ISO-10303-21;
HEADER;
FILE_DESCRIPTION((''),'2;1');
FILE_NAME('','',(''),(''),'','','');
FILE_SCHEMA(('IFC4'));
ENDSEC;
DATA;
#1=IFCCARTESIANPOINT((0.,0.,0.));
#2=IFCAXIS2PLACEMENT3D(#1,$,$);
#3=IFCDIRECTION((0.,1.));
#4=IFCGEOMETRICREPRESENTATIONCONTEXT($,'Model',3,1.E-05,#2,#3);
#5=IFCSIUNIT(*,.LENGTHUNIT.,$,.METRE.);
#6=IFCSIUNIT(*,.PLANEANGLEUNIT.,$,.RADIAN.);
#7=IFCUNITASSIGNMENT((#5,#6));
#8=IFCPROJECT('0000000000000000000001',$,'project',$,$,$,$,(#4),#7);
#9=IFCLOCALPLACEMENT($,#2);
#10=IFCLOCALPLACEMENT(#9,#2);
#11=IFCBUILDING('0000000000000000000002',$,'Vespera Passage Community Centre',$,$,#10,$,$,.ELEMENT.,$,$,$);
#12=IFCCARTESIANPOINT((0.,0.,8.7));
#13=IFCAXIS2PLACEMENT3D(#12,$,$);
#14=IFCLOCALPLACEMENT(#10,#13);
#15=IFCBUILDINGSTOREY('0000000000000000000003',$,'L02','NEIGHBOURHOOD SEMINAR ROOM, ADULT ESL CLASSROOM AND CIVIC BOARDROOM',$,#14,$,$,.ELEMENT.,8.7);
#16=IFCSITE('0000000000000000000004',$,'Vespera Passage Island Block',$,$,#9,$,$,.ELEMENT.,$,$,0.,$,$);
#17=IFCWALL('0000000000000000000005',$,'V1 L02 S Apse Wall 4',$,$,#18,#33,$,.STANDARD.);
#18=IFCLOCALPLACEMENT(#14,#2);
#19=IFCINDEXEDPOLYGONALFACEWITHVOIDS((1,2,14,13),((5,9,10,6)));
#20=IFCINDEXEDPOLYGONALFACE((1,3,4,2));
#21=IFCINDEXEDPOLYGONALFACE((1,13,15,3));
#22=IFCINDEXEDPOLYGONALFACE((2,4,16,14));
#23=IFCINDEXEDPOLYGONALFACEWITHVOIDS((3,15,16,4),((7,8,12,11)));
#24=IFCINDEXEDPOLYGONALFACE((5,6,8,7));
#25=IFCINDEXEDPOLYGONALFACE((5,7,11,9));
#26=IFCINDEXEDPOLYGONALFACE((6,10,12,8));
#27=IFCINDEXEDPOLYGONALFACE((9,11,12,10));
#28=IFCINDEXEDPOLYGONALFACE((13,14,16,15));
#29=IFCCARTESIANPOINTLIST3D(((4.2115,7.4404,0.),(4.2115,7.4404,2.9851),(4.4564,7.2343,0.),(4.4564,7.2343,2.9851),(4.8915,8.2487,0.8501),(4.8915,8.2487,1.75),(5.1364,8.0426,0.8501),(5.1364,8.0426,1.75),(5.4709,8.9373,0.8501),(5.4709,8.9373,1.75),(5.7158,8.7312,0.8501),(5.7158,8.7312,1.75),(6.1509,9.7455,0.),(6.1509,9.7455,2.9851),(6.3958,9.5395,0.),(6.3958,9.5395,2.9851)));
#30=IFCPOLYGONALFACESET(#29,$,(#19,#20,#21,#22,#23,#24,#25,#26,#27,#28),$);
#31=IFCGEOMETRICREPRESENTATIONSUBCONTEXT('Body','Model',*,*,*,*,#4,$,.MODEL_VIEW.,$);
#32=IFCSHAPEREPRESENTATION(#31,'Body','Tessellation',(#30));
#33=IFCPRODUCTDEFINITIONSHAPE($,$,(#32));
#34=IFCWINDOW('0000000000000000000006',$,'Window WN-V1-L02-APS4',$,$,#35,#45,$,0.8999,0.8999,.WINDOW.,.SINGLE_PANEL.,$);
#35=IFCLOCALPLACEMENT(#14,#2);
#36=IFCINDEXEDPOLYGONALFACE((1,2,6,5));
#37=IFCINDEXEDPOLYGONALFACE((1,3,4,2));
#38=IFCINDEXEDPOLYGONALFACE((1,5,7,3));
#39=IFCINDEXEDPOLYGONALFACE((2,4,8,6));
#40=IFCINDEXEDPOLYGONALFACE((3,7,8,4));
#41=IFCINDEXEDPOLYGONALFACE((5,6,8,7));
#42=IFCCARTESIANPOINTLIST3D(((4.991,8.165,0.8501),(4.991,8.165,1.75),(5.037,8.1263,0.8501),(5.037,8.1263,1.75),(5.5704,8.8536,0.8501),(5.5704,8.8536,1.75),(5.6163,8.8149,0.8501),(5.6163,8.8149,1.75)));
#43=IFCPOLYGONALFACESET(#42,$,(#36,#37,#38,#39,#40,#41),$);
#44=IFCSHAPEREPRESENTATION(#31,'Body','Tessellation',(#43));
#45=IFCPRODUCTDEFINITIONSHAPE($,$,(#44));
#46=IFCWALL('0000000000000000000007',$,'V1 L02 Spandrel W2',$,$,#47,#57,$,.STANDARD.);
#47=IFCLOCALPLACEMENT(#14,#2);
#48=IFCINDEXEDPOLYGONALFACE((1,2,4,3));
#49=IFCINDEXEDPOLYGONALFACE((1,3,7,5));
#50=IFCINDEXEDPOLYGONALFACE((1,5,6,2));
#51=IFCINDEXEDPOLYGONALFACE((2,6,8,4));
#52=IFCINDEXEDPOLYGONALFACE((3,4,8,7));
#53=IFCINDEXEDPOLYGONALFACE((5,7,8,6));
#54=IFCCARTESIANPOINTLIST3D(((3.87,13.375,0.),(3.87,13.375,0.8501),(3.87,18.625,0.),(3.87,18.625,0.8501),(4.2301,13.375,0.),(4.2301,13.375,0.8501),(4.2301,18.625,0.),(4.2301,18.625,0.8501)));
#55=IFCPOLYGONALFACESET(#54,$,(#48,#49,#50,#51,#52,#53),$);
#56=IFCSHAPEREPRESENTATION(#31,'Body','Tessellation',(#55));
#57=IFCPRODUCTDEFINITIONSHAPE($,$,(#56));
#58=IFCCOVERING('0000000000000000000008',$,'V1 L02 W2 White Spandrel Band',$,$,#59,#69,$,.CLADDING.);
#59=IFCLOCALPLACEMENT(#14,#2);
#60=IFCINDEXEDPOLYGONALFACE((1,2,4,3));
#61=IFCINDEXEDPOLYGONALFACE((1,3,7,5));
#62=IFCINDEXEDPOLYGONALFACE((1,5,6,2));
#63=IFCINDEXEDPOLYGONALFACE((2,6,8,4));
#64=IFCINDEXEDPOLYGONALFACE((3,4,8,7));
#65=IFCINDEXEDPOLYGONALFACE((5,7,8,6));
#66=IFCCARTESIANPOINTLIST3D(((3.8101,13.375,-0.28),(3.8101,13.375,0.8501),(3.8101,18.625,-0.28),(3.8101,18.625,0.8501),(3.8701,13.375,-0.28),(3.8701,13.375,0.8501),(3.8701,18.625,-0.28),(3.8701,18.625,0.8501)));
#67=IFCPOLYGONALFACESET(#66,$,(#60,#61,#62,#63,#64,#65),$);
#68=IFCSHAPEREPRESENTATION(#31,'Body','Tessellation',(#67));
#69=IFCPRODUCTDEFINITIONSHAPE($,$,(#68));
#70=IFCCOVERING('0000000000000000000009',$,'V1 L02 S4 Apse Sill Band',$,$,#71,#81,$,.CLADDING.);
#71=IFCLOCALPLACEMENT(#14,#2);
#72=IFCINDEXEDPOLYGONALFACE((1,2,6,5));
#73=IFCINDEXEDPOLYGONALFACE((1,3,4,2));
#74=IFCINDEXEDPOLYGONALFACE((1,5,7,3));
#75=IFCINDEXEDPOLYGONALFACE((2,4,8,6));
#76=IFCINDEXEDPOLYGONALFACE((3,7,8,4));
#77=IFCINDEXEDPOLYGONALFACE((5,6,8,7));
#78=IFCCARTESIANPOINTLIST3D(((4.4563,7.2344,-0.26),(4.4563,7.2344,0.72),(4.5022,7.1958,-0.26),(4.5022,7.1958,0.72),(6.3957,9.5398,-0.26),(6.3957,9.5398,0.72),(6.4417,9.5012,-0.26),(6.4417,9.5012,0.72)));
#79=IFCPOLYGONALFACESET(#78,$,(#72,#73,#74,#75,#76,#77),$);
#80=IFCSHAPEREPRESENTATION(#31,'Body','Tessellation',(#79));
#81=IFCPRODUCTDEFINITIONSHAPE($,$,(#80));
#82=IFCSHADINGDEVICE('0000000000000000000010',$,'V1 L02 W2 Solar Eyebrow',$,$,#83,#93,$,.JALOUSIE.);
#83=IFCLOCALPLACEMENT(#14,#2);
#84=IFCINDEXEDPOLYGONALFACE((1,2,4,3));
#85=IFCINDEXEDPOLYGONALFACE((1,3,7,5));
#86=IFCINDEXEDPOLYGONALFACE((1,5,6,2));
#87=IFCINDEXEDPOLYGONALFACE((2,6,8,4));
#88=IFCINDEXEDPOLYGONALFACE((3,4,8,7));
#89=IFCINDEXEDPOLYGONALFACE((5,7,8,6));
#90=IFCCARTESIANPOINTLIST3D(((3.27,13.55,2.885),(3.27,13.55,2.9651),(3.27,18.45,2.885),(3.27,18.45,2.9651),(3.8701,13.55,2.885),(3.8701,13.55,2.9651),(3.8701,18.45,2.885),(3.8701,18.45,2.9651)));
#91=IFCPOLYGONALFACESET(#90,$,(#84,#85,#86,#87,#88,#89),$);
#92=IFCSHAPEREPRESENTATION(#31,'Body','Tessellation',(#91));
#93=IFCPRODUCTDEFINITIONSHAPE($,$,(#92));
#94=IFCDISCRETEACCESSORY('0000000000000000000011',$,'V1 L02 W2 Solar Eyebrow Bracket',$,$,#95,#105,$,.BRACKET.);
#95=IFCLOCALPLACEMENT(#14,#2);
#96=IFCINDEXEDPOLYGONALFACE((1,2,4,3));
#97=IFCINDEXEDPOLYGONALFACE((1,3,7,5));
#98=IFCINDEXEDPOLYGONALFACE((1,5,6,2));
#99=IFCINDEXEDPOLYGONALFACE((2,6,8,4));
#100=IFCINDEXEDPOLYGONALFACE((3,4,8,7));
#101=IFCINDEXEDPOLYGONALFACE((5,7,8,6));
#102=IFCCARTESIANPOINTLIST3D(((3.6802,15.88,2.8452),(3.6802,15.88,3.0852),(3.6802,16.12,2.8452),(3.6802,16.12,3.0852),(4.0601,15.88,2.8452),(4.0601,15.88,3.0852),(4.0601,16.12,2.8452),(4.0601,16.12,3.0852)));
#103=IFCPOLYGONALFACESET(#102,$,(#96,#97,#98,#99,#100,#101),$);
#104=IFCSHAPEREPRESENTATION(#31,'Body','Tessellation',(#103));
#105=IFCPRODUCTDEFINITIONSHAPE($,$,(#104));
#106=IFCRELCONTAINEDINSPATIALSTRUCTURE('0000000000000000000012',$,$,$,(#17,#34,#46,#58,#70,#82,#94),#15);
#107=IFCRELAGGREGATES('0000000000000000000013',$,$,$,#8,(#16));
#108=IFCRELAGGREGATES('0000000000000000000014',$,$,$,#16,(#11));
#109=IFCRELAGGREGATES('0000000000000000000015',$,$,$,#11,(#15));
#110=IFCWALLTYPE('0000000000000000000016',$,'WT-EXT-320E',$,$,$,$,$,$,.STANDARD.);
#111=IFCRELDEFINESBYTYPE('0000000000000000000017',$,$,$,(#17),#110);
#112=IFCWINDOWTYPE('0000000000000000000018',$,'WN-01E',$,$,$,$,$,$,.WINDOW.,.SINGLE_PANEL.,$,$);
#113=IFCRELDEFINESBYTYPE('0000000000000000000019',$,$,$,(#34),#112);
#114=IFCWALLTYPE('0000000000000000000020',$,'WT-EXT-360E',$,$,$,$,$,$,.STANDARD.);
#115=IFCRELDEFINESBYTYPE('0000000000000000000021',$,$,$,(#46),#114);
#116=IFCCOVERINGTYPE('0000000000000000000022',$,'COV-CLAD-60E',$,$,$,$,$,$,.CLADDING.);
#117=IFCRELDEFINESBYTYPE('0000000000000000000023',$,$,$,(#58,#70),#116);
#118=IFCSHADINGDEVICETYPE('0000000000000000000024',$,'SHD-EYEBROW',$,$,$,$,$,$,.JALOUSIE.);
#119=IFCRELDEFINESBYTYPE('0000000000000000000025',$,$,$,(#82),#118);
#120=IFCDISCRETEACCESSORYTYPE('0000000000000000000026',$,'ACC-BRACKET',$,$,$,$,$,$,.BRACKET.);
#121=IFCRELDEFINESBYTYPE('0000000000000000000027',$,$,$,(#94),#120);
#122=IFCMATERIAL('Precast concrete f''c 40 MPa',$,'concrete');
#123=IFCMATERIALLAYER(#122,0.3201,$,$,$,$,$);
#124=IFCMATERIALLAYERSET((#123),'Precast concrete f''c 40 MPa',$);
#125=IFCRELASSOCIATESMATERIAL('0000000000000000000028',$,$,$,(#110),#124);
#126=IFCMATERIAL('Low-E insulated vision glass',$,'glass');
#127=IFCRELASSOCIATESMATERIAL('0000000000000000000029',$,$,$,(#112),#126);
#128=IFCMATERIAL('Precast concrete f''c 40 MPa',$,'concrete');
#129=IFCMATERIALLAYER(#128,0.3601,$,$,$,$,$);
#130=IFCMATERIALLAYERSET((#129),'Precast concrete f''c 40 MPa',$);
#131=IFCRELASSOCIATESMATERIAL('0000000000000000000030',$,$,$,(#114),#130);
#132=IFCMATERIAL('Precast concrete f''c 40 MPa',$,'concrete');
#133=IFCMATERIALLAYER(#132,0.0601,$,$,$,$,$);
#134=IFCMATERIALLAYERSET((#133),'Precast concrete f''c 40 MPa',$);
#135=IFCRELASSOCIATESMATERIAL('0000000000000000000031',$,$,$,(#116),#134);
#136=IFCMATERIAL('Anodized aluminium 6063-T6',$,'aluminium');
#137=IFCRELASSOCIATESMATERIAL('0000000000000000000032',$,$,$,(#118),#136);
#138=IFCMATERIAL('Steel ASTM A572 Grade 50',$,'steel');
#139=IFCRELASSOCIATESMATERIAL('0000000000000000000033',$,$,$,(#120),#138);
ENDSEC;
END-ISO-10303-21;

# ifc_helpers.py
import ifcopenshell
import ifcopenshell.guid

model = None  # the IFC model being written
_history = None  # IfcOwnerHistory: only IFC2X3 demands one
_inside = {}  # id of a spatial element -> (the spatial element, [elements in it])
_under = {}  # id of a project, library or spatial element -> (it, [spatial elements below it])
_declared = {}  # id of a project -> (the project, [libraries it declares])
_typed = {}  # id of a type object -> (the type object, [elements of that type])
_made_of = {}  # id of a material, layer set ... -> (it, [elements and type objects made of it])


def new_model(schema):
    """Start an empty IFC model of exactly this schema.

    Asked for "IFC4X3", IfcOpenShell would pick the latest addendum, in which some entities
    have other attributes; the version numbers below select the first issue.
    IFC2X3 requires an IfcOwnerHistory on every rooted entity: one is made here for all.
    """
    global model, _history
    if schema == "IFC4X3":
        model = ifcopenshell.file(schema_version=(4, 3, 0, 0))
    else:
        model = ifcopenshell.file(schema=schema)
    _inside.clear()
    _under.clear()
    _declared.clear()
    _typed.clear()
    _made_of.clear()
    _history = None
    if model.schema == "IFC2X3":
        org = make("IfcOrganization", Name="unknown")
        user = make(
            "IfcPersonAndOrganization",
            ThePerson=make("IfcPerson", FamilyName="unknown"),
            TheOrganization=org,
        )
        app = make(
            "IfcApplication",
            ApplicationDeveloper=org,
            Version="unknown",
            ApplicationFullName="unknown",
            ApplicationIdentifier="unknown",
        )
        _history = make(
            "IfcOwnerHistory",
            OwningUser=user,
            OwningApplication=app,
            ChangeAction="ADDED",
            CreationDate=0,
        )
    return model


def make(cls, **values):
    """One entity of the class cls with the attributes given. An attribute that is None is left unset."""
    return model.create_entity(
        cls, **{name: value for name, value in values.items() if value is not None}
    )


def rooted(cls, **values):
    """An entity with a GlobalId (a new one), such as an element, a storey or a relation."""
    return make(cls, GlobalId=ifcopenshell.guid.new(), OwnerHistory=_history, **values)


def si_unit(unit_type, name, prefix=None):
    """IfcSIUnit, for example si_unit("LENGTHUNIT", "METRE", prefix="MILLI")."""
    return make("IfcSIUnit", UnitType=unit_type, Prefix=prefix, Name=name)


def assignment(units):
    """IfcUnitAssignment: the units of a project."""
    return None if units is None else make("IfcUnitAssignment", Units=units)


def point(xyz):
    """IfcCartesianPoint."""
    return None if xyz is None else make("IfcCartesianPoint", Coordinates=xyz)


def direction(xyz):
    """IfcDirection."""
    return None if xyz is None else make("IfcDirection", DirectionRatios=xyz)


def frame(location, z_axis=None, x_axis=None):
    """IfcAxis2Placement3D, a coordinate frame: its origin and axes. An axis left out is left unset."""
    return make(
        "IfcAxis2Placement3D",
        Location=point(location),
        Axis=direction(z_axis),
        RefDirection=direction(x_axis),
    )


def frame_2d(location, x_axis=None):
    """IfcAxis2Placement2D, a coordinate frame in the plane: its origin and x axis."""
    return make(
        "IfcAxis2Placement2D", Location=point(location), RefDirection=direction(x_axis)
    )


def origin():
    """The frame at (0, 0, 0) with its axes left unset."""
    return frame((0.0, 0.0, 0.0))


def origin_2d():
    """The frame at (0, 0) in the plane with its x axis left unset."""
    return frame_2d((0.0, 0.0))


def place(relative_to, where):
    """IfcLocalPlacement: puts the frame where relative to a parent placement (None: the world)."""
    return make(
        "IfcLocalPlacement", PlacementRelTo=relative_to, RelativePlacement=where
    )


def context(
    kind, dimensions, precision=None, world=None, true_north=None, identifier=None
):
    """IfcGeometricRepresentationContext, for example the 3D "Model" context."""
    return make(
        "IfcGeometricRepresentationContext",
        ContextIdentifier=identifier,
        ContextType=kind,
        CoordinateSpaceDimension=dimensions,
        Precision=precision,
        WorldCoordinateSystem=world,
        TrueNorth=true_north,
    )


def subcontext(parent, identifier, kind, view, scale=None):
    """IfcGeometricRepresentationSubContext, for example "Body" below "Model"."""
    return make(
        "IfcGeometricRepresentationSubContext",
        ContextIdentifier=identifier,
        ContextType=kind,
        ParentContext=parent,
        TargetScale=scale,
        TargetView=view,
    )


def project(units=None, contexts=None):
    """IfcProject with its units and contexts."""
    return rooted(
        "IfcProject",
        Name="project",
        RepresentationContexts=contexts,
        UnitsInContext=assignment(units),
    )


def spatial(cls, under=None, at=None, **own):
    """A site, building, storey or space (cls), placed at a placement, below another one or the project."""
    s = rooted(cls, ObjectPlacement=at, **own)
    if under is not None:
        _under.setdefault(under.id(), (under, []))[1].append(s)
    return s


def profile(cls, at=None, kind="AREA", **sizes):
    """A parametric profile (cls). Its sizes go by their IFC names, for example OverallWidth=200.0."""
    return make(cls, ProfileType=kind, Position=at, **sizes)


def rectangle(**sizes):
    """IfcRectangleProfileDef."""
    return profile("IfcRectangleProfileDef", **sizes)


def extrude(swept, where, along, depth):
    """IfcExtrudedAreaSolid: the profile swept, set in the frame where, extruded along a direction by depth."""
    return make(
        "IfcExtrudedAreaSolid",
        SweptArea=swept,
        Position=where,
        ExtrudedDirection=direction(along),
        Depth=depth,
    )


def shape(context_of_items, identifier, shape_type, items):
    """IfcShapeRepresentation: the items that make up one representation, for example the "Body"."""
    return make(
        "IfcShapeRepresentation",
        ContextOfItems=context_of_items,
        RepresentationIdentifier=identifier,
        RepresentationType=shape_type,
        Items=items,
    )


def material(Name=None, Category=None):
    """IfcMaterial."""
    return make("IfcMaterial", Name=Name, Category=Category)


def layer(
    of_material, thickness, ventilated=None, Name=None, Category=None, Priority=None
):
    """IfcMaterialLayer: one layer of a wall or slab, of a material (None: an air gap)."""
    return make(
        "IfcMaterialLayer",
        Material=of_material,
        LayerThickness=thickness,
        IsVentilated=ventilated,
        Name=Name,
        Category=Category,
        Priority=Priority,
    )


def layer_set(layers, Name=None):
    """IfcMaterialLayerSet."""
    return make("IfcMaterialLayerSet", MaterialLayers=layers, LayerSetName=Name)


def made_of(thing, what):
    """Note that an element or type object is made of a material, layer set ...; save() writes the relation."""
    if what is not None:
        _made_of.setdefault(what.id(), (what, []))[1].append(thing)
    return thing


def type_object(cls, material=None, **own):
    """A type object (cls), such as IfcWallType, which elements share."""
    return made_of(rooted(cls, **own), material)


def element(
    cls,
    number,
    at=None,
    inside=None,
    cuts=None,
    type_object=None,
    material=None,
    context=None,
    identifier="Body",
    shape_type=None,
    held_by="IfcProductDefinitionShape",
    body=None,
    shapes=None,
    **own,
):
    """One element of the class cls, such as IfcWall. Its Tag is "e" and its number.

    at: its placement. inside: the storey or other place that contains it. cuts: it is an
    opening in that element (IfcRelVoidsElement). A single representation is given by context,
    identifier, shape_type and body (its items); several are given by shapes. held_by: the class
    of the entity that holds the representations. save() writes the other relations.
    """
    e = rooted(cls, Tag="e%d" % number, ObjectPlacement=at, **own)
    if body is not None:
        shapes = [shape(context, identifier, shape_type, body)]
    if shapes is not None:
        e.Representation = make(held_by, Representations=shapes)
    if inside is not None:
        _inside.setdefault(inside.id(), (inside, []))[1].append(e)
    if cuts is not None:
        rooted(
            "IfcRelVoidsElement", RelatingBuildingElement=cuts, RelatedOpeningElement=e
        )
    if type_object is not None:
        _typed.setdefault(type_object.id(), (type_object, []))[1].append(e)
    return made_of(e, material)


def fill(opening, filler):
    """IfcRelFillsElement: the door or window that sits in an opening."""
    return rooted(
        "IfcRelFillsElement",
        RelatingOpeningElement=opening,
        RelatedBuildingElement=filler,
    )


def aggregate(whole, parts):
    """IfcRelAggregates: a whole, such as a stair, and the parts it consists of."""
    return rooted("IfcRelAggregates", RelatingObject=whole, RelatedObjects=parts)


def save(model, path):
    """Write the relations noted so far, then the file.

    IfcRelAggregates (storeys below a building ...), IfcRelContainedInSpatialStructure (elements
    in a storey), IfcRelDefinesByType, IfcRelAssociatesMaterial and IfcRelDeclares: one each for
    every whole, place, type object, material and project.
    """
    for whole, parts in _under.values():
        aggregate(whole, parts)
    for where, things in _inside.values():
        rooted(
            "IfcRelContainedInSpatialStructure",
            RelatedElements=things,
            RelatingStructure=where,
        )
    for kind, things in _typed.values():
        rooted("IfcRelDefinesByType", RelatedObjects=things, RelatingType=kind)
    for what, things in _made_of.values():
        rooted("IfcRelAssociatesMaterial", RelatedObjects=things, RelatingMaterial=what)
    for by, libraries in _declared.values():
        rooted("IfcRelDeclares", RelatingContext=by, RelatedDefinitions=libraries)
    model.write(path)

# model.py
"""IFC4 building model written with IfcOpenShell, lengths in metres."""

from ifc_helpers import new_model, si_unit, direction, frame, frame_2d, origin, origin_2d, place, context, subcontext, project, spatial, rectangle, extrude, material, layer, layer_set, type_object, element, fill, save


model = new_model("IFC4")

# Units and contexts
model_context = context("Model", 3, precision=1e-05, world=origin(), true_north=direction((0.0, 1.0)))
body_context = subcontext(model_context, "Body", "Model", "MODEL_VIEW")
ifc_project = project(units=[si_unit("LENGTHUNIT", "METRE"), si_unit("PLANEANGLEUNIT", "RADIAN")], contexts=[model_context])

# Site, building, storey
site_placement = place(None, origin())
site = spatial("IfcSite", under=ifc_project, at=site_placement, Name="Vespera Passage Island Block", CompositionType="ELEMENT", RefElevation=0.0)
building_placement = place(site_placement, origin())
building = spatial("IfcBuilding", under=site, at=building_placement, Name="Vespera Passage Community Centre", CompositionType="ELEMENT")
storey_placement = place(building_placement, frame((0.0, 0.0, 8.7)))
storey = spatial("IfcBuildingStorey", under=building, at=storey_placement, Name="L02", Description="NEIGHBOURHOOD SEMINAR ROOM, ADULT ESL CLASSROOM AND CIVIC BOARDROOM", CompositionType="ELEMENT", Elevation=8.7)

# Wall, opening, window
ifc_material_1 = material(Name="Precast concrete f'c 40 MPa", Category="concrete")
ifc_layer_1 = layer(ifc_material_1, 0.3201)
ifc_layer_set_1 = layer_set([ifc_layer_1], Name="Precast concrete f'c 40 MPa")
wall_type_1 = type_object("IfcWallType", Name="WT-EXT-320E", PredefinedType="STANDARD", material=ifc_layer_set_1)
wall_1_placement = place(storey_placement, frame((6.2734, 9.6426, 0.0), z_axis=(0.0, 0.0, 1.0), x_axis=(-0.643796, -0.765197, 0.0)))
wall_1 = element("IfcWall", 1, at=wall_1_placement, inside=storey, type_object=wall_type_1, Name="V1 L02 S Apse Wall 4", PredefinedType="STANDARD", context=body_context, shape_type="SweptSolid", body=[
    extrude(rectangle(XDim=3.0125, YDim=0.3201, at=frame_2d((1.5063, 0.0))), origin(), (0.0, 0.0, 1.0), 2.9851),
])
opening_placement = place(wall_1_placement, frame((1.0564, 0.0, 0.8501)))
opening = element("IfcOpeningElement", 2, at=opening_placement, cuts=wall_1, PredefinedType="OPENING", context=body_context, shape_type="SweptSolid", body=[
    extrude(rectangle(XDim=0.8999, YDim=0.8999, at=frame_2d((0.45, 0.45))), frame((0.0, 0.1702, 0.0), z_axis=(0.0, -1.0, 0.0), x_axis=(1.0, 0.0, 0.0)), (0.0, 0.0, 1.0), 0.3401),
])
ifc_material_2 = material(Name="Low-E insulated vision glass", Category="glass")
window_type = type_object("IfcWindowType", Name="WN-01E", PartitioningType="SINGLE_PANEL", PredefinedType="WINDOW", material=ifc_material_2)
window_placement = place(opening_placement, origin())
window = element("IfcWindow", 3, at=window_placement, inside=storey, type_object=window_type, Name="Window WN-V1-L02-APS4", OverallHeight=0.8999, OverallWidth=0.8999, PartitioningType="SINGLE_PANEL", PredefinedType="WINDOW", context=body_context, shape_type="SweptSolid", body=[
    extrude(rectangle(XDim=0.8999, YDim=0.8999, at=frame_2d((0.45, 0.45))), frame((0.0, 0.03, 0.0), z_axis=(0.0, -1.0, 0.0), x_axis=(1.0, 0.0, 0.0)), (0.0, 0.0, 1.0), 0.0601),
])
fill(opening, window)

# Wall
ifc_material_3 = material(Name="Precast concrete f'c 40 MPa", Category="concrete")
ifc_layer_2 = layer(ifc_material_3, 0.3601)
ifc_layer_set_2 = layer_set([ifc_layer_2], Name="Precast concrete f'c 40 MPa")
wall_type_2 = type_object("IfcWallType", Name="WT-EXT-360E", PredefinedType="STANDARD", material=ifc_layer_set_2)
wall_2_placement = place(storey_placement, frame((4.05, 13.375, 0.0), z_axis=(0.0, 0.0, 1.0), x_axis=(0.0, 1.0, 0.0)))
element("IfcWall", 4, at=wall_2_placement, inside=storey, type_object=wall_type_2, Name="V1 L02 Spandrel W2", PredefinedType="STANDARD", context=body_context, shape_type="SweptSolid", body=[
    extrude(rectangle(XDim=5.25, YDim=0.3601, at=frame_2d((2.625, 0.0))), origin(), (0.0, 0.0, 1.0), 0.8501),
])

# Coverings
ifc_material_4 = material(Name="Precast concrete f'c 40 MPa", Category="concrete")
ifc_layer_3 = layer(ifc_material_4, 0.0601)
ifc_layer_set_3 = layer_set([ifc_layer_3], Name="Precast concrete f'c 40 MPa")
covering_type = type_object("IfcCoveringType", Name="COV-CLAD-60E", PredefinedType="CLADDING", material=ifc_layer_set_3)
covering_1_placement = place(storey_placement, frame((3.8401, 13.375, -0.28), z_axis=(0.0, 0.0, 1.0), x_axis=(0.0, 1.0, 0.0)))
element("IfcCovering", 5, at=covering_1_placement, inside=storey, type_object=covering_type, Name="V1 L02 W2 White Spandrel Band", PredefinedType="CLADDING", context=body_context, shape_type="SweptSolid", body=[
    extrude(rectangle(XDim=5.25, YDim=0.0601, at=frame_2d((2.625, 0.0))), origin(), (0.0, 0.0, 1.0), 1.1301),
])
covering_2_placement = place(storey_placement, frame((6.4187, 9.5205, -0.26), z_axis=(0.0, 0.0, 1.0), x_axis=(-0.643756, -0.765231, 0.0)))
element("IfcCovering", 6, at=covering_2_placement, inside=storey, type_object=covering_type, Name="V1 L02 S4 Apse Sill Band", PredefinedType="CLADDING", context=body_context, shape_type="SweptSolid", body=[
    extrude(rectangle(XDim=3.0127, YDim=0.0601, at=frame_2d((1.5063, 0.0))), origin(), (0.0, 0.0, 1.0), 0.98),
])

# Shading device
ifc_material_5 = material(Name="Anodized aluminium 6063-T6", Category="aluminium")
shading_device_type = type_object("IfcShadingDeviceType", Name="SHD-EYEBROW", PredefinedType="JALOUSIE", material=ifc_material_5)
shading_device_placement = place(storey_placement, frame((3.5701, 16.0, 2.885), z_axis=(0.0, 0.0, 1.0), x_axis=(0.0, 1.0, 0.0)))
element("IfcShadingDevice", 7, at=shading_device_placement, inside=storey, type_object=shading_device_type, Name="V1 L02 W2 Solar Eyebrow", PredefinedType="JALOUSIE", context=body_context, shape_type="SweptSolid", body=[
    extrude(rectangle(XDim=4.8999, YDim=0.6001, at=origin_2d()), origin(), (0.0, 0.0, 1.0), 0.0801),
])

# Discrete accessory
ifc_material_6 = material(Name="Steel ASTM A572 Grade 50", Category="steel")
discrete_accessory_type = type_object("IfcDiscreteAccessoryType", Name="ACC-BRACKET", PredefinedType="BRACKET", material=ifc_material_6)
discrete_accessory_placement = place(storey_placement, frame((3.8701, 16.0, 2.8452), z_axis=(0.0, 0.0, 1.0), x_axis=(0.0, 1.0, 0.0)))
element("IfcDiscreteAccessory", 8, at=discrete_accessory_placement, inside=storey, type_object=discrete_accessory_type, Name="V1 L02 W2 Solar Eyebrow Bracket", PredefinedType="BRACKET", context=body_context, shape_type="SweptSolid", body=[
    extrude(rectangle(XDim=0.24, YDim=0.3799, at=origin_2d()), origin(), (0.0, 0.0, 1.0), 0.24),
])

save(model, "model.ifc")
